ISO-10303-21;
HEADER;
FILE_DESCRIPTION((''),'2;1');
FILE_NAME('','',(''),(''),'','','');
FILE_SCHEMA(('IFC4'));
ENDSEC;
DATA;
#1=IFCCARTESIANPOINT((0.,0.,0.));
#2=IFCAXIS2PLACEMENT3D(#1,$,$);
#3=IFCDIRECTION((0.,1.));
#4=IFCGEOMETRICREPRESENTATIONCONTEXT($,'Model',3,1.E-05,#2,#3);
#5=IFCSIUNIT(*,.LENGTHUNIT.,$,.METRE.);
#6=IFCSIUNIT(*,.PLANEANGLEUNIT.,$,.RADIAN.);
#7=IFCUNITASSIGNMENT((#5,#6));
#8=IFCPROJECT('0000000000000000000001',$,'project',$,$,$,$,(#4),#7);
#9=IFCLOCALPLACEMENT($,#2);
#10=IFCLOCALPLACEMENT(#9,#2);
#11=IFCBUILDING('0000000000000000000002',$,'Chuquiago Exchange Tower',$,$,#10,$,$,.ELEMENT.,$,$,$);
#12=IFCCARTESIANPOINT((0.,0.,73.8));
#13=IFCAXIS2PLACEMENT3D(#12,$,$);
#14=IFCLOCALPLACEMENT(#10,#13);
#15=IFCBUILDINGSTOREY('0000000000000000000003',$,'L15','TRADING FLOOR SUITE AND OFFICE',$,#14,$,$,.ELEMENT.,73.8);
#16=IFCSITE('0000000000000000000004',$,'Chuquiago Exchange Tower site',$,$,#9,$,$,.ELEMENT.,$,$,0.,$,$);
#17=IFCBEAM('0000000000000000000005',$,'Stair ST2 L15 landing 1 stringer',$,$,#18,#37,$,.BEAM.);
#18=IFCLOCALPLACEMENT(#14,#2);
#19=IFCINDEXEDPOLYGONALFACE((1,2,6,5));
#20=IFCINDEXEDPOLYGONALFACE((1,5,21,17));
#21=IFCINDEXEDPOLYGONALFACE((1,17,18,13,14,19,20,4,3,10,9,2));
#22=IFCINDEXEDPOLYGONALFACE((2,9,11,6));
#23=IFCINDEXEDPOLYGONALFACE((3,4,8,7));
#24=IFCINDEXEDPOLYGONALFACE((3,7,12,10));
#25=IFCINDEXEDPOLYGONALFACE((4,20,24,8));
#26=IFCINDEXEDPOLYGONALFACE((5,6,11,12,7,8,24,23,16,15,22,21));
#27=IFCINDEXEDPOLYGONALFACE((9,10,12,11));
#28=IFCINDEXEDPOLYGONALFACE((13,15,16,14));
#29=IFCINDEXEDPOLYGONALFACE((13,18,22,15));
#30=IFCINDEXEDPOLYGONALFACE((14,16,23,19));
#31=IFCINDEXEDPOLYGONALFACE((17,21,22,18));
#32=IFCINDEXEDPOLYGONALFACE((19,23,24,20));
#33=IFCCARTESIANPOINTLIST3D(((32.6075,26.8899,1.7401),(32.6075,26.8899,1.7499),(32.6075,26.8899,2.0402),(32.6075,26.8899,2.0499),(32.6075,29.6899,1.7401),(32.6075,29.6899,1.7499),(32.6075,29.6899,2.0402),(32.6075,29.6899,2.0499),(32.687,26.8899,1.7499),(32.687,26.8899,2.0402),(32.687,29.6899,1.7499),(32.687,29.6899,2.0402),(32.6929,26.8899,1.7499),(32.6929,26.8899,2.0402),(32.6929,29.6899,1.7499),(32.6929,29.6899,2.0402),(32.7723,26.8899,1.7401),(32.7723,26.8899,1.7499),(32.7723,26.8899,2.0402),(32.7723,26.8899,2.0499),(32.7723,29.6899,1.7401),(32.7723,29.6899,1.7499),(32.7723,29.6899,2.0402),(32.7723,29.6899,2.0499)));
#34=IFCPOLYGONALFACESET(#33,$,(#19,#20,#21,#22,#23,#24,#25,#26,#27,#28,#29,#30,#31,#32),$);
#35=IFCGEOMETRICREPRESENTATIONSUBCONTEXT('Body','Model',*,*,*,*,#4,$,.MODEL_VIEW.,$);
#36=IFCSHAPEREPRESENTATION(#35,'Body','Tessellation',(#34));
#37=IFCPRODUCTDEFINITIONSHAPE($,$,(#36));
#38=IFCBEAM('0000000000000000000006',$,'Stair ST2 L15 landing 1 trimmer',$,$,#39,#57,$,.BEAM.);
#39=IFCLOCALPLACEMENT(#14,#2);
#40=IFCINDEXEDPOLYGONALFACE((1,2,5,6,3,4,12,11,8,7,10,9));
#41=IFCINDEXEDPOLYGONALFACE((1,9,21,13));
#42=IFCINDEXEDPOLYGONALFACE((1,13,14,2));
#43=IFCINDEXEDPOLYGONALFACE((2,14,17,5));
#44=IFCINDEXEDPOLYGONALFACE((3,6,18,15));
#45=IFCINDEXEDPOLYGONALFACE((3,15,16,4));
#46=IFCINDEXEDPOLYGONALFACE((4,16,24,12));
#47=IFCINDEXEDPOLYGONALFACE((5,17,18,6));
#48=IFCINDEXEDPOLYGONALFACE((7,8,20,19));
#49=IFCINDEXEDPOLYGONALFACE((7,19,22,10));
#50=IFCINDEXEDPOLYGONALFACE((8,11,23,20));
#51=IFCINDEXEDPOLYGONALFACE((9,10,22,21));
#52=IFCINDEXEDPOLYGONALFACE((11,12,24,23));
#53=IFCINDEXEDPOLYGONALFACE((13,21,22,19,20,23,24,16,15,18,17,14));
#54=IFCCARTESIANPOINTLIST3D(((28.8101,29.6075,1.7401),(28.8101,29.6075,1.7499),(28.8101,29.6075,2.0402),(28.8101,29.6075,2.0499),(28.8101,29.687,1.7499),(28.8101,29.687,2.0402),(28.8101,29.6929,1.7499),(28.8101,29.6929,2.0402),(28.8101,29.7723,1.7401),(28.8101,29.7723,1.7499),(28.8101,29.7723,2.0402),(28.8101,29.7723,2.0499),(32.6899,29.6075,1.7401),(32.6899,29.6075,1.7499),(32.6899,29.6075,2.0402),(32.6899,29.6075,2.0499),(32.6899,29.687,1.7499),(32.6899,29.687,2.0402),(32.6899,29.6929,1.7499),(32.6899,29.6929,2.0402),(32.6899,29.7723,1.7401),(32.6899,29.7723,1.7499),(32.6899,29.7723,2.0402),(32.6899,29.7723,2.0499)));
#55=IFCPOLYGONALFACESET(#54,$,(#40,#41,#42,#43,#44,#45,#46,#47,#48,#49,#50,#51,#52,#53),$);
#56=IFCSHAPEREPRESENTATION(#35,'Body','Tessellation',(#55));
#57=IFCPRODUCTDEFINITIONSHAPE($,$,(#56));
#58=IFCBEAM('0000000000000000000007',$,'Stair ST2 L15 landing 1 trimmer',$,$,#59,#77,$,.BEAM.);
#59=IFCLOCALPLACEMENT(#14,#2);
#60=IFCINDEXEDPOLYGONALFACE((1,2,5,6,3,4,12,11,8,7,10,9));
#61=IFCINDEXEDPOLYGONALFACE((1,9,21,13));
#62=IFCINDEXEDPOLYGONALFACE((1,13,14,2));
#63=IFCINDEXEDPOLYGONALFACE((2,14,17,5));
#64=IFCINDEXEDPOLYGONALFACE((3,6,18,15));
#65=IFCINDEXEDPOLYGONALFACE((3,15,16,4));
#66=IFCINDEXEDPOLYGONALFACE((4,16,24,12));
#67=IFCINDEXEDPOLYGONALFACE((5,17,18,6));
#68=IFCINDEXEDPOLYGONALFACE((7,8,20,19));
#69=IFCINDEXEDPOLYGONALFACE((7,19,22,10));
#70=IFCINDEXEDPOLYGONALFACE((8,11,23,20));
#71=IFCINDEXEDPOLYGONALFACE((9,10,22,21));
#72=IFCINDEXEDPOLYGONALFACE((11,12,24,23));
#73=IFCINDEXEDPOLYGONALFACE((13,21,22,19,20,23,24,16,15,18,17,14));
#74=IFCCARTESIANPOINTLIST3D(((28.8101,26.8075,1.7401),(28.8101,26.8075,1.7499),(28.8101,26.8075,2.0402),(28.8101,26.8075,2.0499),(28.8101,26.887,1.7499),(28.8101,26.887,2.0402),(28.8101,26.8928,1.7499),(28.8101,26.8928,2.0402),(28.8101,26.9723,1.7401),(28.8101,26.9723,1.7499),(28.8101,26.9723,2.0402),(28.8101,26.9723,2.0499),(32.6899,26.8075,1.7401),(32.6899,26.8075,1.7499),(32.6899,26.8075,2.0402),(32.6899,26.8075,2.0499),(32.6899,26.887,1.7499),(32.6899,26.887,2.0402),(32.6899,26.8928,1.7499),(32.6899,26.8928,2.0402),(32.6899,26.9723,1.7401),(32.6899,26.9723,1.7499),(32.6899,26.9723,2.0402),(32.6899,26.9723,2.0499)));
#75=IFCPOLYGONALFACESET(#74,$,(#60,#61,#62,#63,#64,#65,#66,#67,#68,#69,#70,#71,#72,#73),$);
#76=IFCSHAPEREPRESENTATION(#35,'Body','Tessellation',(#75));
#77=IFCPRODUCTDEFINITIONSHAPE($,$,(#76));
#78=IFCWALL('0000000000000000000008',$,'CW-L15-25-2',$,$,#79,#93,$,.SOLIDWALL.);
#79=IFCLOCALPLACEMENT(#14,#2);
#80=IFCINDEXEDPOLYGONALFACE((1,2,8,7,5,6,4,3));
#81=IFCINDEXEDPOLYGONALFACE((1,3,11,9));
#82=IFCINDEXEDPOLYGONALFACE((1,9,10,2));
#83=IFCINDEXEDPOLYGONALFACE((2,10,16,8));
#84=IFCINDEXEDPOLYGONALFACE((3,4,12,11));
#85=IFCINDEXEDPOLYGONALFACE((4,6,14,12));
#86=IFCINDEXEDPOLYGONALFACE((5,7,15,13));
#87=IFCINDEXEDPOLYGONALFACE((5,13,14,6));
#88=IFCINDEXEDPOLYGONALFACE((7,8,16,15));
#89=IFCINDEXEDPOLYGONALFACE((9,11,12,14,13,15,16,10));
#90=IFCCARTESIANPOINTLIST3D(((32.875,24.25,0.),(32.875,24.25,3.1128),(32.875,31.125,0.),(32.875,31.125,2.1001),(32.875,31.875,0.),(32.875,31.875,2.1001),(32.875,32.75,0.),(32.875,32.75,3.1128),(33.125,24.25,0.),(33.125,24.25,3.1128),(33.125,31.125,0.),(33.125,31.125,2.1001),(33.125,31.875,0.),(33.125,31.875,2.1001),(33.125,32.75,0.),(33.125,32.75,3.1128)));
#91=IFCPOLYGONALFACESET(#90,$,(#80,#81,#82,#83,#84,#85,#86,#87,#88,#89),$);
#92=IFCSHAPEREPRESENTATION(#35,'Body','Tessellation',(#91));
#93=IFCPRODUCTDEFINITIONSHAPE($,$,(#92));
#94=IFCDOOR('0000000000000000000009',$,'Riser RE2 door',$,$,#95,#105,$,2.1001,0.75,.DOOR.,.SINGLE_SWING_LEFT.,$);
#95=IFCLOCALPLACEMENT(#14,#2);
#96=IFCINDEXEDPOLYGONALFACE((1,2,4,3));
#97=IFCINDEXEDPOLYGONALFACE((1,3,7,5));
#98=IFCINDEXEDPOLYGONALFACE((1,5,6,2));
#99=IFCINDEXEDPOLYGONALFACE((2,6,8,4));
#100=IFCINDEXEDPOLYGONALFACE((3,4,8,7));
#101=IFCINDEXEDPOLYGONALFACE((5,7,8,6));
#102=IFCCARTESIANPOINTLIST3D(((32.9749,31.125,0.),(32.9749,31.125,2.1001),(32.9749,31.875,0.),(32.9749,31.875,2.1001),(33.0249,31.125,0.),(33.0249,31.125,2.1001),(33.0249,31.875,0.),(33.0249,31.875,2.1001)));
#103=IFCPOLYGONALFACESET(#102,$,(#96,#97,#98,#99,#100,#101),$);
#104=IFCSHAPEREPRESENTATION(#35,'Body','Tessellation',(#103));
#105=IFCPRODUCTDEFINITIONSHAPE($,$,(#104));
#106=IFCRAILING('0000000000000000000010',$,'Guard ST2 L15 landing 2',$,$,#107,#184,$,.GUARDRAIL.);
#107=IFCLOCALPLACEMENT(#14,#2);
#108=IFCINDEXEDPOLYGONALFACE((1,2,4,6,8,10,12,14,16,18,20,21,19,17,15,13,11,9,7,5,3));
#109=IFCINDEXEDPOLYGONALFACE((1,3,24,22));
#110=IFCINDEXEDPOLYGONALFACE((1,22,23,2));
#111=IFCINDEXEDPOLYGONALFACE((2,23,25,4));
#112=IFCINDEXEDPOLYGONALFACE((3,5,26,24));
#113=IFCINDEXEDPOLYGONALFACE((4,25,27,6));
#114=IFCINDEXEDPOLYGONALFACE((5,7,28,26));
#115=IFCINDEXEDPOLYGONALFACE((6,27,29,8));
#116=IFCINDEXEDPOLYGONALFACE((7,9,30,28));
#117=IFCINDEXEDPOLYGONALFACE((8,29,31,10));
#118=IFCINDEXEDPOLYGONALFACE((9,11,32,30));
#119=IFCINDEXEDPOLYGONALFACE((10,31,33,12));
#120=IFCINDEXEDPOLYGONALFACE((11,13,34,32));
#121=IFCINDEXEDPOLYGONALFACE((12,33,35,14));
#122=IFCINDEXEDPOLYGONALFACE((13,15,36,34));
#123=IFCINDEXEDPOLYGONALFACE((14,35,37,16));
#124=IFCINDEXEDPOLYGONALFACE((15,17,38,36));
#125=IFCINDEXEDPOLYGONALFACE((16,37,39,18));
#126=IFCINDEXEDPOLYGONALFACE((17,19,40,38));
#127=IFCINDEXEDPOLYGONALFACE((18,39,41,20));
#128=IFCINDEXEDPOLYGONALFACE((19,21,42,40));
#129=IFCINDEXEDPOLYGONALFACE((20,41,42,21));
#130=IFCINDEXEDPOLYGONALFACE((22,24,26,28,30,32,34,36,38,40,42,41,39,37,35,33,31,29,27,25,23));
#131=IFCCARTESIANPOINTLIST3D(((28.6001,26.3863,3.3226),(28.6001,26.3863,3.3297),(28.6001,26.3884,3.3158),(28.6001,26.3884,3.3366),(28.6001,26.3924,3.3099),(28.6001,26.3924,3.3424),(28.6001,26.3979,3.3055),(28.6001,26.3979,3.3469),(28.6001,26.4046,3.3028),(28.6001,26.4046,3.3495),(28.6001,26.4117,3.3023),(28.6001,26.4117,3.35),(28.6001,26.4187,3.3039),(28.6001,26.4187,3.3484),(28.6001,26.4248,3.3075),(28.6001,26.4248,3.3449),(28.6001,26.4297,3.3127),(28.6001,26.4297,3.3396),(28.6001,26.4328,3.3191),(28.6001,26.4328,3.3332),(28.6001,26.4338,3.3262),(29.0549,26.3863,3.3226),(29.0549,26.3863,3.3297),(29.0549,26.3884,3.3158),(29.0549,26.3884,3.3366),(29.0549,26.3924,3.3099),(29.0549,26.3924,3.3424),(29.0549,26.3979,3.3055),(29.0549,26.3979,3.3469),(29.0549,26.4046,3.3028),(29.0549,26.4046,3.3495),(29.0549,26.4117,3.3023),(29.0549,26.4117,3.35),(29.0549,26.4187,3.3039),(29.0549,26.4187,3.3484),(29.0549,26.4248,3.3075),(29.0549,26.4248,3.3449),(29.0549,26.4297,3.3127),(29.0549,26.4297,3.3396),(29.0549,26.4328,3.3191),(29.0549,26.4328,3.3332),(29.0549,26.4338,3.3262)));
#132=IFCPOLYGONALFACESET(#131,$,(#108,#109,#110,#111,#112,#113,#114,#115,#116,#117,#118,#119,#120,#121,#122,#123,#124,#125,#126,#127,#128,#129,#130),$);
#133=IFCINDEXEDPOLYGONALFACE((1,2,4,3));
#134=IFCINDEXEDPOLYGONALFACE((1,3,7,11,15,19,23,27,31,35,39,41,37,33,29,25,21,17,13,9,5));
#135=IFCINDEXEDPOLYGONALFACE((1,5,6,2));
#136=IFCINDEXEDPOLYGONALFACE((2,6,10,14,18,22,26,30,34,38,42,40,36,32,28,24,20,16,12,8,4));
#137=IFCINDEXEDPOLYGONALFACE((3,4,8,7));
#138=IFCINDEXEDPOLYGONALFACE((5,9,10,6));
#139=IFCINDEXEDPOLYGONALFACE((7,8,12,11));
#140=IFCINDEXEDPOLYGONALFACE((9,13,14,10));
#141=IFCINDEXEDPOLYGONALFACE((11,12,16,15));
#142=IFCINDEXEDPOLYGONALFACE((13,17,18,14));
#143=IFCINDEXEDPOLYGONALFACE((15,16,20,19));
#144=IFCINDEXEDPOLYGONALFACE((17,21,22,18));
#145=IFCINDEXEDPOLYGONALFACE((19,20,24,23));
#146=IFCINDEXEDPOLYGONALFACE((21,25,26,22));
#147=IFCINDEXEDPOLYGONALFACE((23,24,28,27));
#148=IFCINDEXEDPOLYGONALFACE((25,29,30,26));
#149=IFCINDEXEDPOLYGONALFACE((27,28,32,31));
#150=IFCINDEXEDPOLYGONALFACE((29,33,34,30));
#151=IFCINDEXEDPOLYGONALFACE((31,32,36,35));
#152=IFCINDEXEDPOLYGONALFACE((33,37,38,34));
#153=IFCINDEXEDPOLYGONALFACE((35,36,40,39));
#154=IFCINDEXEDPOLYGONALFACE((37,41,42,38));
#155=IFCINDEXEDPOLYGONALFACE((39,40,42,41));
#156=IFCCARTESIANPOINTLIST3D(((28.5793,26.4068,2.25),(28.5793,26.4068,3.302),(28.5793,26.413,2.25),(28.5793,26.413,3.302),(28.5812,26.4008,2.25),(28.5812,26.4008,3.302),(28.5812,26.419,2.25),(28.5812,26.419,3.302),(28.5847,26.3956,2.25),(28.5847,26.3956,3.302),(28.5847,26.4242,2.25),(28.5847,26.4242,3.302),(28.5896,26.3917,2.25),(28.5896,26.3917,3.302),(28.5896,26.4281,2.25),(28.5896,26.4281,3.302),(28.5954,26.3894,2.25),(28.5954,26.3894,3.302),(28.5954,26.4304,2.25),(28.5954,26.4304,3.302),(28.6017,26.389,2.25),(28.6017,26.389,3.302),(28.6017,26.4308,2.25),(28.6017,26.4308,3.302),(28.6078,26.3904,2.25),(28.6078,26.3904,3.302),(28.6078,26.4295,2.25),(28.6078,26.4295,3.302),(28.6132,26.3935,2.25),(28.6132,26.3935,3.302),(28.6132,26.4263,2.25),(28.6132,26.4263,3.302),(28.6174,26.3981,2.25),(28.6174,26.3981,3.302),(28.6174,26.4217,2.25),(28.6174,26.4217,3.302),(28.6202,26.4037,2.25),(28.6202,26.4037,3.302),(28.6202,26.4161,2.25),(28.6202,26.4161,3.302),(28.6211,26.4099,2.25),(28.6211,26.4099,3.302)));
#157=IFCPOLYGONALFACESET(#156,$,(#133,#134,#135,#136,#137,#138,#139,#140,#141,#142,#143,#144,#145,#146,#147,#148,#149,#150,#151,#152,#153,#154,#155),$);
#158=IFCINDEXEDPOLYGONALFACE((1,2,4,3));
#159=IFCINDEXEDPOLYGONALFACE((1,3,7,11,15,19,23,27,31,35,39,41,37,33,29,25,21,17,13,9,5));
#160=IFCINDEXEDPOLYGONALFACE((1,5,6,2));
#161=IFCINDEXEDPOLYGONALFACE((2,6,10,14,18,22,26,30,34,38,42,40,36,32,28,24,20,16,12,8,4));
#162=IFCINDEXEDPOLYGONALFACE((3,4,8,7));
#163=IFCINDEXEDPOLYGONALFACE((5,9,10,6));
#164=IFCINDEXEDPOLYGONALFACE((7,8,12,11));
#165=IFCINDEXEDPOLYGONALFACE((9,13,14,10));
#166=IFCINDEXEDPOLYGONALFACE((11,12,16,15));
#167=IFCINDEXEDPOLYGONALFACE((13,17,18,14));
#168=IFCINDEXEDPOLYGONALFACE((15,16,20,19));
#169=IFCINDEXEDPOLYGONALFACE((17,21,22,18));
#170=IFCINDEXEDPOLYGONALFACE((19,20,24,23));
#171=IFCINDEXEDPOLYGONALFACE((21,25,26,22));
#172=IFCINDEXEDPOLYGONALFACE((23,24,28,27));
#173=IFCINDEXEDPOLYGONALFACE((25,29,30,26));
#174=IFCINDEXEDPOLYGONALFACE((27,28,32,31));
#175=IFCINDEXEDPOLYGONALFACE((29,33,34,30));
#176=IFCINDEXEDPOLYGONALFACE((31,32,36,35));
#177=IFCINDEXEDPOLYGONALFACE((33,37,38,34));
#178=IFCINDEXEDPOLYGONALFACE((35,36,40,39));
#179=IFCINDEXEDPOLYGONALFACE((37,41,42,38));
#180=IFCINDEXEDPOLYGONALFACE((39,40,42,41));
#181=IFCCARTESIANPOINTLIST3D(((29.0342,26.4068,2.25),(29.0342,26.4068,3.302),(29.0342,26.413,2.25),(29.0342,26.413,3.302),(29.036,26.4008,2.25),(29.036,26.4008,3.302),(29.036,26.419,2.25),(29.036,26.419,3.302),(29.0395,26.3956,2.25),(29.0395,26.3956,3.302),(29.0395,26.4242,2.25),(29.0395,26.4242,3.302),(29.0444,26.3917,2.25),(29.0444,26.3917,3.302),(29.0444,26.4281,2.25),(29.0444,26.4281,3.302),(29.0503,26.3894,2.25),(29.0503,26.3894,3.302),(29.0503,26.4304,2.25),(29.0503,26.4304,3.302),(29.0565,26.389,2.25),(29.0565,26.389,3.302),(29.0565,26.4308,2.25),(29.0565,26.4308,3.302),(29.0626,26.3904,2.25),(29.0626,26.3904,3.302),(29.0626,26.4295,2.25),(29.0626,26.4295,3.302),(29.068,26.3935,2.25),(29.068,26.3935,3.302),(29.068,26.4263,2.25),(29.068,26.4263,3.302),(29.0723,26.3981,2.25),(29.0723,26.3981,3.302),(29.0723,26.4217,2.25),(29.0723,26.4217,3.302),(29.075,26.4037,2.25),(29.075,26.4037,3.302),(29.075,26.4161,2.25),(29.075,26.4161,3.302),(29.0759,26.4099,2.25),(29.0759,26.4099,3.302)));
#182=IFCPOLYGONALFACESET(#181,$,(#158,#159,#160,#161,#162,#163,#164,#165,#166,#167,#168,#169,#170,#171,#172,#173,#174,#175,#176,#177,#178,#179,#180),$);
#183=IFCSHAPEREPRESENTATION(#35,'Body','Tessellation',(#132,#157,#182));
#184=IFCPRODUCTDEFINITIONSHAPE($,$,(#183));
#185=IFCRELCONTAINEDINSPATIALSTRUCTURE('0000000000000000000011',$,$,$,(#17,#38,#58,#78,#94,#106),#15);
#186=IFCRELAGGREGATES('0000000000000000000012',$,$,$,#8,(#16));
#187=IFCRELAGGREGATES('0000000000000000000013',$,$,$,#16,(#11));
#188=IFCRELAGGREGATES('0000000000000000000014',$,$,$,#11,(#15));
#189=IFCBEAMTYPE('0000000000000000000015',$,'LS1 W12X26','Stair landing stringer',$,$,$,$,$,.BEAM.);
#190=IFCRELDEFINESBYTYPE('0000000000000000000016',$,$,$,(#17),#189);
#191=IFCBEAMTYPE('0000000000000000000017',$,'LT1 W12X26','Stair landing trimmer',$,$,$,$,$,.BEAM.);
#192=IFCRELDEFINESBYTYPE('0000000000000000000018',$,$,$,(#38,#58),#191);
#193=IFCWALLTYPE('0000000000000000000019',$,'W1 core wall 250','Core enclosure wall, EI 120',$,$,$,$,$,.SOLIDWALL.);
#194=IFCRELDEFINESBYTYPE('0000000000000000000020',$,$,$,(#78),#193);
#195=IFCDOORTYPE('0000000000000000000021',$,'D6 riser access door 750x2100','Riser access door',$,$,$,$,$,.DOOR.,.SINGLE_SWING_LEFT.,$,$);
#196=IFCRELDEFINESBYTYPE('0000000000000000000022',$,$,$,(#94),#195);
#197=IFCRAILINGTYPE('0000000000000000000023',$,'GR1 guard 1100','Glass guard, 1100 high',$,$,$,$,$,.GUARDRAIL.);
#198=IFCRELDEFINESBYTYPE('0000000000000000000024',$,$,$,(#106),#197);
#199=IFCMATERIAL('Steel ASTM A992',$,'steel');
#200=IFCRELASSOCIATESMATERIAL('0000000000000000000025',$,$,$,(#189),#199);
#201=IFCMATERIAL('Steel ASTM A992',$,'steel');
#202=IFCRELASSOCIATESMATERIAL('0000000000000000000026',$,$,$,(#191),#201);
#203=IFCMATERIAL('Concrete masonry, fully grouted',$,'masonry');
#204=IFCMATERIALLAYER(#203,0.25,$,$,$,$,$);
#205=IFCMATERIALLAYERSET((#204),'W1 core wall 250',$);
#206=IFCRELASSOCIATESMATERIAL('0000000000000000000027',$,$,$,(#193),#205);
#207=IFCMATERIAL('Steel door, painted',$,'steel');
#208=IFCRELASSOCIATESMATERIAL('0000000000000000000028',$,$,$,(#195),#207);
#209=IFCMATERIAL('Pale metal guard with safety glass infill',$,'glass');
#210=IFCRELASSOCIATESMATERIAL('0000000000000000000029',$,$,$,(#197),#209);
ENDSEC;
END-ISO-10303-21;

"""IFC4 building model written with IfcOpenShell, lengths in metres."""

from ifc_helpers import new_model, si_unit, direction, frame, frame_2d, origin, origin_2d, place, context, subcontext, project, spatial, rectangle, circle, i_section, extrude, material, layer, layer_set, material_profile, profile_set, type_object, element, fill, save


model = new_model("IFC4")

# Units and contexts
model_context = context("Model", 3, precision=1e-05, world=origin(), true_north=direction((0.0, 1.0)))
body_context = subcontext(model_context, "Body", "Model", "MODEL_VIEW")
ifc_project = project(units=[si_unit("LENGTHUNIT", "METRE"), si_unit("PLANEANGLEUNIT", "RADIAN")], contexts=[model_context])

# Site, building, storey
site_placement = place(None, origin())
site = spatial("IfcSite", under=ifc_project, at=site_placement, Name="Chuquiago Exchange Tower site", CompositionType="ELEMENT", RefElevation=0.0)
building_placement = place(site_placement, origin())
building = spatial("IfcBuilding", under=site, at=building_placement, Name="Chuquiago Exchange Tower", CompositionType="ELEMENT")
storey_placement = place(building_placement, frame((0.0, 0.0, 73.8)))
storey = spatial("IfcBuildingStorey", under=building, at=storey_placement, Name="L15", Description="TRADING FLOOR SUITE AND OFFICE", CompositionType="ELEMENT", Elevation=73.8)

# Beams
ifc_material_1 = material(Name="Steel ASTM A992", Category="steel")
ifc_material_profile_1 = material_profile(ifc_material_1, i_section(OverallWidth=0.1648, OverallDepth=0.3098, WebThickness=0.0059, FlangeThickness=0.0098, at=origin_2d()), Name="W12X26")
ifc_profile_set_1 = profile_set([ifc_material_profile_1], Name="Steel ASTM A992")
beam_type_1 = type_object("IfcBeamType", Name="LS1 W12X26", Description="Stair landing stringer", PredefinedType="BEAM", material=ifc_profile_set_1)
for number, where, z_axis, x_axis, name in (
    (1, (32.6899, 26.8899, 1.895), (0.0, 1.0, 0.0), (-1.0, 0.0, 0.0), "Stair ST2 L15 landing 1 stringer"),
):
    element("IfcBeam", number, at=place(storey_placement, frame(where, z_axis=z_axis, x_axis=x_axis)), inside=storey, type_object=beam_type_1, Name=name, PredefinedType="BEAM", context=body_context, shape_type="SweptSolid", body=[
        extrude(i_section(OverallWidth=0.1648, OverallDepth=0.3098, WebThickness=0.0059, FlangeThickness=0.0098, at=origin_2d()), origin(), (0.0, 0.0, 1.0), 2.8),
    ])
ifc_material_2 = material(Name="Steel ASTM A992", Category="steel")
ifc_material_profile_2 = material_profile(ifc_material_2, i_section(OverallWidth=0.1648, OverallDepth=0.3098, WebThickness=0.0059, FlangeThickness=0.0098, at=origin_2d()), Name="W12X26")
ifc_profile_set_2 = profile_set([ifc_material_profile_2], Name="Steel ASTM A992")
beam_type_2 = type_object("IfcBeamType", Name="LT1 W12X26", Description="Stair landing trimmer", PredefinedType="BEAM", material=ifc_profile_set_2)
for number, where, z_axis, x_axis, name in (
    (2, (28.8101, 29.6899, 1.895), (1.0, 0.0, 0.0), (0.0, 1.0, 0.0), "Stair ST2 L15 landing 1 trimmer"),
    (3, (28.8101, 26.8899, 1.895), (1.0, 0.0, 0.0), (0.0, 1.0, 0.0), "Stair ST2 L15 landing 1 trimmer"),
):
    element("IfcBeam", number, at=place(storey_placement, frame(where, z_axis=z_axis, x_axis=x_axis)), inside=storey, type_object=beam_type_2, Name=name, PredefinedType="BEAM", context=body_context, shape_type="SweptSolid", body=[
        extrude(i_section(OverallWidth=0.1648, OverallDepth=0.3098, WebThickness=0.0059, FlangeThickness=0.0098, at=origin_2d()), origin(), (0.0, 0.0, 1.0), 3.8799),
    ])

# Wall, opening, door
ifc_material_3 = material(Name="Concrete masonry, fully grouted", Category="masonry")
ifc_layer = layer(ifc_material_3, 0.25)
ifc_layer_set = layer_set([ifc_layer], Name="W1 core wall 250")
wall_type = type_object("IfcWallType", Name="W1 core wall 250", Description="Core enclosure wall, EI 120", PredefinedType="SOLIDWALL", material=ifc_layer_set)
wall_placement = place(storey_placement, frame((33.0, 24.25, 0.0), z_axis=(0.0, 0.0, 1.0), x_axis=(0.0, 1.0, 0.0)))
wall = element("IfcWall", 4, at=wall_placement, inside=storey, type_object=wall_type, Name="CW-L15-25-2", PredefinedType="SOLIDWALL", context=body_context, shape_type="SweptSolid", body=[
    extrude(rectangle(XDim=8.5, YDim=0.25, at=frame_2d((4.25, 0.0))), origin(), (0.0, 0.0, 1.0), 3.1128),
])
opening_placement = place(wall_placement, frame((6.875, 0.0, 0.0)))
opening = element("IfcOpeningElement", 5, at=opening_placement, cuts=wall, PredefinedType="OPENING", context=body_context, shape_type="SweptSolid", body=[
    extrude(rectangle(XDim=0.75, YDim=2.1001, at=frame_2d((0.375, 1.05))), frame((0.0, 0.135, 0.0), z_axis=(0.0, -1.0, 0.0), x_axis=(1.0, 0.0, 0.0)), (0.0, 0.0, 1.0), 0.27),
])
ifc_material_4 = material(Name="Steel door, painted", Category="steel")
door_type = type_object("IfcDoorType", Name="D6 riser access door 750x2100", Description="Riser access door", OperationType="SINGLE_SWING_LEFT", PredefinedType="DOOR", material=ifc_material_4)
door_placement = place(opening_placement, frame((0.75, 0.0, 0.0), z_axis=(0.0, 0.0, 1.0), x_axis=(-1.0, 0.0, 0.0)))
door = element("IfcDoor", 6, at=door_placement, inside=storey, type_object=door_type, Name="Riser RE2 door", OperationType="SINGLE_SWING_LEFT", OverallHeight=2.1001, OverallWidth=0.75, PredefinedType="DOOR", context=body_context, shape_type="SweptSolid", body=[
    extrude(rectangle(XDim=0.75, YDim=2.1001, at=frame_2d((0.375, 1.05))), frame((0.0, 0.0249, 0.0), z_axis=(0.0, -1.0, 0.0), x_axis=(1.0, 0.0, 0.0)), (0.0, 0.0, 1.0), 0.05),
])
fill(opening, door)

# Railing
ifc_material_5 = material(Name="Pale metal guard with safety glass infill", Category="glass")
railing_type_1 = type_object("IfcRailingType", Name="GR1 guard 1100", Description="Glass guard, 1100 high", PredefinedType="GUARDRAIL", material=ifc_material_5)
for number, where, name in (
    (7, (28.6001, 26.4099, 2.25), "Guard ST2 L15 landing 2"),
):
    element("IfcRailing", number, at=place(storey_placement, frame(where)), inside=storey, type_object=railing_type_1, Name=name, PredefinedType="GUARDRAIL", context=body_context, shape_type="SweptSolid", body=[
        extrude(circle(Radius=0.0239, at=origin_2d()), frame((0.0, 0.0, 1.0762), z_axis=(1.0, 0.0, 0.0), x_axis=(0.0, 1.0, 0.0)), (0.0, 0.0, 1.0), 0.4548),
        extrude(circle(Radius=0.021, at=origin_2d()), origin(), (0.0, 0.0, 1.0), 1.052),
        extrude(circle(Radius=0.021, at=origin_2d()), frame((0.4548, 0.0, 0.0)), (0.0, 0.0, 1.0), 1.052),
    ])

save(model, "model.ifc")
